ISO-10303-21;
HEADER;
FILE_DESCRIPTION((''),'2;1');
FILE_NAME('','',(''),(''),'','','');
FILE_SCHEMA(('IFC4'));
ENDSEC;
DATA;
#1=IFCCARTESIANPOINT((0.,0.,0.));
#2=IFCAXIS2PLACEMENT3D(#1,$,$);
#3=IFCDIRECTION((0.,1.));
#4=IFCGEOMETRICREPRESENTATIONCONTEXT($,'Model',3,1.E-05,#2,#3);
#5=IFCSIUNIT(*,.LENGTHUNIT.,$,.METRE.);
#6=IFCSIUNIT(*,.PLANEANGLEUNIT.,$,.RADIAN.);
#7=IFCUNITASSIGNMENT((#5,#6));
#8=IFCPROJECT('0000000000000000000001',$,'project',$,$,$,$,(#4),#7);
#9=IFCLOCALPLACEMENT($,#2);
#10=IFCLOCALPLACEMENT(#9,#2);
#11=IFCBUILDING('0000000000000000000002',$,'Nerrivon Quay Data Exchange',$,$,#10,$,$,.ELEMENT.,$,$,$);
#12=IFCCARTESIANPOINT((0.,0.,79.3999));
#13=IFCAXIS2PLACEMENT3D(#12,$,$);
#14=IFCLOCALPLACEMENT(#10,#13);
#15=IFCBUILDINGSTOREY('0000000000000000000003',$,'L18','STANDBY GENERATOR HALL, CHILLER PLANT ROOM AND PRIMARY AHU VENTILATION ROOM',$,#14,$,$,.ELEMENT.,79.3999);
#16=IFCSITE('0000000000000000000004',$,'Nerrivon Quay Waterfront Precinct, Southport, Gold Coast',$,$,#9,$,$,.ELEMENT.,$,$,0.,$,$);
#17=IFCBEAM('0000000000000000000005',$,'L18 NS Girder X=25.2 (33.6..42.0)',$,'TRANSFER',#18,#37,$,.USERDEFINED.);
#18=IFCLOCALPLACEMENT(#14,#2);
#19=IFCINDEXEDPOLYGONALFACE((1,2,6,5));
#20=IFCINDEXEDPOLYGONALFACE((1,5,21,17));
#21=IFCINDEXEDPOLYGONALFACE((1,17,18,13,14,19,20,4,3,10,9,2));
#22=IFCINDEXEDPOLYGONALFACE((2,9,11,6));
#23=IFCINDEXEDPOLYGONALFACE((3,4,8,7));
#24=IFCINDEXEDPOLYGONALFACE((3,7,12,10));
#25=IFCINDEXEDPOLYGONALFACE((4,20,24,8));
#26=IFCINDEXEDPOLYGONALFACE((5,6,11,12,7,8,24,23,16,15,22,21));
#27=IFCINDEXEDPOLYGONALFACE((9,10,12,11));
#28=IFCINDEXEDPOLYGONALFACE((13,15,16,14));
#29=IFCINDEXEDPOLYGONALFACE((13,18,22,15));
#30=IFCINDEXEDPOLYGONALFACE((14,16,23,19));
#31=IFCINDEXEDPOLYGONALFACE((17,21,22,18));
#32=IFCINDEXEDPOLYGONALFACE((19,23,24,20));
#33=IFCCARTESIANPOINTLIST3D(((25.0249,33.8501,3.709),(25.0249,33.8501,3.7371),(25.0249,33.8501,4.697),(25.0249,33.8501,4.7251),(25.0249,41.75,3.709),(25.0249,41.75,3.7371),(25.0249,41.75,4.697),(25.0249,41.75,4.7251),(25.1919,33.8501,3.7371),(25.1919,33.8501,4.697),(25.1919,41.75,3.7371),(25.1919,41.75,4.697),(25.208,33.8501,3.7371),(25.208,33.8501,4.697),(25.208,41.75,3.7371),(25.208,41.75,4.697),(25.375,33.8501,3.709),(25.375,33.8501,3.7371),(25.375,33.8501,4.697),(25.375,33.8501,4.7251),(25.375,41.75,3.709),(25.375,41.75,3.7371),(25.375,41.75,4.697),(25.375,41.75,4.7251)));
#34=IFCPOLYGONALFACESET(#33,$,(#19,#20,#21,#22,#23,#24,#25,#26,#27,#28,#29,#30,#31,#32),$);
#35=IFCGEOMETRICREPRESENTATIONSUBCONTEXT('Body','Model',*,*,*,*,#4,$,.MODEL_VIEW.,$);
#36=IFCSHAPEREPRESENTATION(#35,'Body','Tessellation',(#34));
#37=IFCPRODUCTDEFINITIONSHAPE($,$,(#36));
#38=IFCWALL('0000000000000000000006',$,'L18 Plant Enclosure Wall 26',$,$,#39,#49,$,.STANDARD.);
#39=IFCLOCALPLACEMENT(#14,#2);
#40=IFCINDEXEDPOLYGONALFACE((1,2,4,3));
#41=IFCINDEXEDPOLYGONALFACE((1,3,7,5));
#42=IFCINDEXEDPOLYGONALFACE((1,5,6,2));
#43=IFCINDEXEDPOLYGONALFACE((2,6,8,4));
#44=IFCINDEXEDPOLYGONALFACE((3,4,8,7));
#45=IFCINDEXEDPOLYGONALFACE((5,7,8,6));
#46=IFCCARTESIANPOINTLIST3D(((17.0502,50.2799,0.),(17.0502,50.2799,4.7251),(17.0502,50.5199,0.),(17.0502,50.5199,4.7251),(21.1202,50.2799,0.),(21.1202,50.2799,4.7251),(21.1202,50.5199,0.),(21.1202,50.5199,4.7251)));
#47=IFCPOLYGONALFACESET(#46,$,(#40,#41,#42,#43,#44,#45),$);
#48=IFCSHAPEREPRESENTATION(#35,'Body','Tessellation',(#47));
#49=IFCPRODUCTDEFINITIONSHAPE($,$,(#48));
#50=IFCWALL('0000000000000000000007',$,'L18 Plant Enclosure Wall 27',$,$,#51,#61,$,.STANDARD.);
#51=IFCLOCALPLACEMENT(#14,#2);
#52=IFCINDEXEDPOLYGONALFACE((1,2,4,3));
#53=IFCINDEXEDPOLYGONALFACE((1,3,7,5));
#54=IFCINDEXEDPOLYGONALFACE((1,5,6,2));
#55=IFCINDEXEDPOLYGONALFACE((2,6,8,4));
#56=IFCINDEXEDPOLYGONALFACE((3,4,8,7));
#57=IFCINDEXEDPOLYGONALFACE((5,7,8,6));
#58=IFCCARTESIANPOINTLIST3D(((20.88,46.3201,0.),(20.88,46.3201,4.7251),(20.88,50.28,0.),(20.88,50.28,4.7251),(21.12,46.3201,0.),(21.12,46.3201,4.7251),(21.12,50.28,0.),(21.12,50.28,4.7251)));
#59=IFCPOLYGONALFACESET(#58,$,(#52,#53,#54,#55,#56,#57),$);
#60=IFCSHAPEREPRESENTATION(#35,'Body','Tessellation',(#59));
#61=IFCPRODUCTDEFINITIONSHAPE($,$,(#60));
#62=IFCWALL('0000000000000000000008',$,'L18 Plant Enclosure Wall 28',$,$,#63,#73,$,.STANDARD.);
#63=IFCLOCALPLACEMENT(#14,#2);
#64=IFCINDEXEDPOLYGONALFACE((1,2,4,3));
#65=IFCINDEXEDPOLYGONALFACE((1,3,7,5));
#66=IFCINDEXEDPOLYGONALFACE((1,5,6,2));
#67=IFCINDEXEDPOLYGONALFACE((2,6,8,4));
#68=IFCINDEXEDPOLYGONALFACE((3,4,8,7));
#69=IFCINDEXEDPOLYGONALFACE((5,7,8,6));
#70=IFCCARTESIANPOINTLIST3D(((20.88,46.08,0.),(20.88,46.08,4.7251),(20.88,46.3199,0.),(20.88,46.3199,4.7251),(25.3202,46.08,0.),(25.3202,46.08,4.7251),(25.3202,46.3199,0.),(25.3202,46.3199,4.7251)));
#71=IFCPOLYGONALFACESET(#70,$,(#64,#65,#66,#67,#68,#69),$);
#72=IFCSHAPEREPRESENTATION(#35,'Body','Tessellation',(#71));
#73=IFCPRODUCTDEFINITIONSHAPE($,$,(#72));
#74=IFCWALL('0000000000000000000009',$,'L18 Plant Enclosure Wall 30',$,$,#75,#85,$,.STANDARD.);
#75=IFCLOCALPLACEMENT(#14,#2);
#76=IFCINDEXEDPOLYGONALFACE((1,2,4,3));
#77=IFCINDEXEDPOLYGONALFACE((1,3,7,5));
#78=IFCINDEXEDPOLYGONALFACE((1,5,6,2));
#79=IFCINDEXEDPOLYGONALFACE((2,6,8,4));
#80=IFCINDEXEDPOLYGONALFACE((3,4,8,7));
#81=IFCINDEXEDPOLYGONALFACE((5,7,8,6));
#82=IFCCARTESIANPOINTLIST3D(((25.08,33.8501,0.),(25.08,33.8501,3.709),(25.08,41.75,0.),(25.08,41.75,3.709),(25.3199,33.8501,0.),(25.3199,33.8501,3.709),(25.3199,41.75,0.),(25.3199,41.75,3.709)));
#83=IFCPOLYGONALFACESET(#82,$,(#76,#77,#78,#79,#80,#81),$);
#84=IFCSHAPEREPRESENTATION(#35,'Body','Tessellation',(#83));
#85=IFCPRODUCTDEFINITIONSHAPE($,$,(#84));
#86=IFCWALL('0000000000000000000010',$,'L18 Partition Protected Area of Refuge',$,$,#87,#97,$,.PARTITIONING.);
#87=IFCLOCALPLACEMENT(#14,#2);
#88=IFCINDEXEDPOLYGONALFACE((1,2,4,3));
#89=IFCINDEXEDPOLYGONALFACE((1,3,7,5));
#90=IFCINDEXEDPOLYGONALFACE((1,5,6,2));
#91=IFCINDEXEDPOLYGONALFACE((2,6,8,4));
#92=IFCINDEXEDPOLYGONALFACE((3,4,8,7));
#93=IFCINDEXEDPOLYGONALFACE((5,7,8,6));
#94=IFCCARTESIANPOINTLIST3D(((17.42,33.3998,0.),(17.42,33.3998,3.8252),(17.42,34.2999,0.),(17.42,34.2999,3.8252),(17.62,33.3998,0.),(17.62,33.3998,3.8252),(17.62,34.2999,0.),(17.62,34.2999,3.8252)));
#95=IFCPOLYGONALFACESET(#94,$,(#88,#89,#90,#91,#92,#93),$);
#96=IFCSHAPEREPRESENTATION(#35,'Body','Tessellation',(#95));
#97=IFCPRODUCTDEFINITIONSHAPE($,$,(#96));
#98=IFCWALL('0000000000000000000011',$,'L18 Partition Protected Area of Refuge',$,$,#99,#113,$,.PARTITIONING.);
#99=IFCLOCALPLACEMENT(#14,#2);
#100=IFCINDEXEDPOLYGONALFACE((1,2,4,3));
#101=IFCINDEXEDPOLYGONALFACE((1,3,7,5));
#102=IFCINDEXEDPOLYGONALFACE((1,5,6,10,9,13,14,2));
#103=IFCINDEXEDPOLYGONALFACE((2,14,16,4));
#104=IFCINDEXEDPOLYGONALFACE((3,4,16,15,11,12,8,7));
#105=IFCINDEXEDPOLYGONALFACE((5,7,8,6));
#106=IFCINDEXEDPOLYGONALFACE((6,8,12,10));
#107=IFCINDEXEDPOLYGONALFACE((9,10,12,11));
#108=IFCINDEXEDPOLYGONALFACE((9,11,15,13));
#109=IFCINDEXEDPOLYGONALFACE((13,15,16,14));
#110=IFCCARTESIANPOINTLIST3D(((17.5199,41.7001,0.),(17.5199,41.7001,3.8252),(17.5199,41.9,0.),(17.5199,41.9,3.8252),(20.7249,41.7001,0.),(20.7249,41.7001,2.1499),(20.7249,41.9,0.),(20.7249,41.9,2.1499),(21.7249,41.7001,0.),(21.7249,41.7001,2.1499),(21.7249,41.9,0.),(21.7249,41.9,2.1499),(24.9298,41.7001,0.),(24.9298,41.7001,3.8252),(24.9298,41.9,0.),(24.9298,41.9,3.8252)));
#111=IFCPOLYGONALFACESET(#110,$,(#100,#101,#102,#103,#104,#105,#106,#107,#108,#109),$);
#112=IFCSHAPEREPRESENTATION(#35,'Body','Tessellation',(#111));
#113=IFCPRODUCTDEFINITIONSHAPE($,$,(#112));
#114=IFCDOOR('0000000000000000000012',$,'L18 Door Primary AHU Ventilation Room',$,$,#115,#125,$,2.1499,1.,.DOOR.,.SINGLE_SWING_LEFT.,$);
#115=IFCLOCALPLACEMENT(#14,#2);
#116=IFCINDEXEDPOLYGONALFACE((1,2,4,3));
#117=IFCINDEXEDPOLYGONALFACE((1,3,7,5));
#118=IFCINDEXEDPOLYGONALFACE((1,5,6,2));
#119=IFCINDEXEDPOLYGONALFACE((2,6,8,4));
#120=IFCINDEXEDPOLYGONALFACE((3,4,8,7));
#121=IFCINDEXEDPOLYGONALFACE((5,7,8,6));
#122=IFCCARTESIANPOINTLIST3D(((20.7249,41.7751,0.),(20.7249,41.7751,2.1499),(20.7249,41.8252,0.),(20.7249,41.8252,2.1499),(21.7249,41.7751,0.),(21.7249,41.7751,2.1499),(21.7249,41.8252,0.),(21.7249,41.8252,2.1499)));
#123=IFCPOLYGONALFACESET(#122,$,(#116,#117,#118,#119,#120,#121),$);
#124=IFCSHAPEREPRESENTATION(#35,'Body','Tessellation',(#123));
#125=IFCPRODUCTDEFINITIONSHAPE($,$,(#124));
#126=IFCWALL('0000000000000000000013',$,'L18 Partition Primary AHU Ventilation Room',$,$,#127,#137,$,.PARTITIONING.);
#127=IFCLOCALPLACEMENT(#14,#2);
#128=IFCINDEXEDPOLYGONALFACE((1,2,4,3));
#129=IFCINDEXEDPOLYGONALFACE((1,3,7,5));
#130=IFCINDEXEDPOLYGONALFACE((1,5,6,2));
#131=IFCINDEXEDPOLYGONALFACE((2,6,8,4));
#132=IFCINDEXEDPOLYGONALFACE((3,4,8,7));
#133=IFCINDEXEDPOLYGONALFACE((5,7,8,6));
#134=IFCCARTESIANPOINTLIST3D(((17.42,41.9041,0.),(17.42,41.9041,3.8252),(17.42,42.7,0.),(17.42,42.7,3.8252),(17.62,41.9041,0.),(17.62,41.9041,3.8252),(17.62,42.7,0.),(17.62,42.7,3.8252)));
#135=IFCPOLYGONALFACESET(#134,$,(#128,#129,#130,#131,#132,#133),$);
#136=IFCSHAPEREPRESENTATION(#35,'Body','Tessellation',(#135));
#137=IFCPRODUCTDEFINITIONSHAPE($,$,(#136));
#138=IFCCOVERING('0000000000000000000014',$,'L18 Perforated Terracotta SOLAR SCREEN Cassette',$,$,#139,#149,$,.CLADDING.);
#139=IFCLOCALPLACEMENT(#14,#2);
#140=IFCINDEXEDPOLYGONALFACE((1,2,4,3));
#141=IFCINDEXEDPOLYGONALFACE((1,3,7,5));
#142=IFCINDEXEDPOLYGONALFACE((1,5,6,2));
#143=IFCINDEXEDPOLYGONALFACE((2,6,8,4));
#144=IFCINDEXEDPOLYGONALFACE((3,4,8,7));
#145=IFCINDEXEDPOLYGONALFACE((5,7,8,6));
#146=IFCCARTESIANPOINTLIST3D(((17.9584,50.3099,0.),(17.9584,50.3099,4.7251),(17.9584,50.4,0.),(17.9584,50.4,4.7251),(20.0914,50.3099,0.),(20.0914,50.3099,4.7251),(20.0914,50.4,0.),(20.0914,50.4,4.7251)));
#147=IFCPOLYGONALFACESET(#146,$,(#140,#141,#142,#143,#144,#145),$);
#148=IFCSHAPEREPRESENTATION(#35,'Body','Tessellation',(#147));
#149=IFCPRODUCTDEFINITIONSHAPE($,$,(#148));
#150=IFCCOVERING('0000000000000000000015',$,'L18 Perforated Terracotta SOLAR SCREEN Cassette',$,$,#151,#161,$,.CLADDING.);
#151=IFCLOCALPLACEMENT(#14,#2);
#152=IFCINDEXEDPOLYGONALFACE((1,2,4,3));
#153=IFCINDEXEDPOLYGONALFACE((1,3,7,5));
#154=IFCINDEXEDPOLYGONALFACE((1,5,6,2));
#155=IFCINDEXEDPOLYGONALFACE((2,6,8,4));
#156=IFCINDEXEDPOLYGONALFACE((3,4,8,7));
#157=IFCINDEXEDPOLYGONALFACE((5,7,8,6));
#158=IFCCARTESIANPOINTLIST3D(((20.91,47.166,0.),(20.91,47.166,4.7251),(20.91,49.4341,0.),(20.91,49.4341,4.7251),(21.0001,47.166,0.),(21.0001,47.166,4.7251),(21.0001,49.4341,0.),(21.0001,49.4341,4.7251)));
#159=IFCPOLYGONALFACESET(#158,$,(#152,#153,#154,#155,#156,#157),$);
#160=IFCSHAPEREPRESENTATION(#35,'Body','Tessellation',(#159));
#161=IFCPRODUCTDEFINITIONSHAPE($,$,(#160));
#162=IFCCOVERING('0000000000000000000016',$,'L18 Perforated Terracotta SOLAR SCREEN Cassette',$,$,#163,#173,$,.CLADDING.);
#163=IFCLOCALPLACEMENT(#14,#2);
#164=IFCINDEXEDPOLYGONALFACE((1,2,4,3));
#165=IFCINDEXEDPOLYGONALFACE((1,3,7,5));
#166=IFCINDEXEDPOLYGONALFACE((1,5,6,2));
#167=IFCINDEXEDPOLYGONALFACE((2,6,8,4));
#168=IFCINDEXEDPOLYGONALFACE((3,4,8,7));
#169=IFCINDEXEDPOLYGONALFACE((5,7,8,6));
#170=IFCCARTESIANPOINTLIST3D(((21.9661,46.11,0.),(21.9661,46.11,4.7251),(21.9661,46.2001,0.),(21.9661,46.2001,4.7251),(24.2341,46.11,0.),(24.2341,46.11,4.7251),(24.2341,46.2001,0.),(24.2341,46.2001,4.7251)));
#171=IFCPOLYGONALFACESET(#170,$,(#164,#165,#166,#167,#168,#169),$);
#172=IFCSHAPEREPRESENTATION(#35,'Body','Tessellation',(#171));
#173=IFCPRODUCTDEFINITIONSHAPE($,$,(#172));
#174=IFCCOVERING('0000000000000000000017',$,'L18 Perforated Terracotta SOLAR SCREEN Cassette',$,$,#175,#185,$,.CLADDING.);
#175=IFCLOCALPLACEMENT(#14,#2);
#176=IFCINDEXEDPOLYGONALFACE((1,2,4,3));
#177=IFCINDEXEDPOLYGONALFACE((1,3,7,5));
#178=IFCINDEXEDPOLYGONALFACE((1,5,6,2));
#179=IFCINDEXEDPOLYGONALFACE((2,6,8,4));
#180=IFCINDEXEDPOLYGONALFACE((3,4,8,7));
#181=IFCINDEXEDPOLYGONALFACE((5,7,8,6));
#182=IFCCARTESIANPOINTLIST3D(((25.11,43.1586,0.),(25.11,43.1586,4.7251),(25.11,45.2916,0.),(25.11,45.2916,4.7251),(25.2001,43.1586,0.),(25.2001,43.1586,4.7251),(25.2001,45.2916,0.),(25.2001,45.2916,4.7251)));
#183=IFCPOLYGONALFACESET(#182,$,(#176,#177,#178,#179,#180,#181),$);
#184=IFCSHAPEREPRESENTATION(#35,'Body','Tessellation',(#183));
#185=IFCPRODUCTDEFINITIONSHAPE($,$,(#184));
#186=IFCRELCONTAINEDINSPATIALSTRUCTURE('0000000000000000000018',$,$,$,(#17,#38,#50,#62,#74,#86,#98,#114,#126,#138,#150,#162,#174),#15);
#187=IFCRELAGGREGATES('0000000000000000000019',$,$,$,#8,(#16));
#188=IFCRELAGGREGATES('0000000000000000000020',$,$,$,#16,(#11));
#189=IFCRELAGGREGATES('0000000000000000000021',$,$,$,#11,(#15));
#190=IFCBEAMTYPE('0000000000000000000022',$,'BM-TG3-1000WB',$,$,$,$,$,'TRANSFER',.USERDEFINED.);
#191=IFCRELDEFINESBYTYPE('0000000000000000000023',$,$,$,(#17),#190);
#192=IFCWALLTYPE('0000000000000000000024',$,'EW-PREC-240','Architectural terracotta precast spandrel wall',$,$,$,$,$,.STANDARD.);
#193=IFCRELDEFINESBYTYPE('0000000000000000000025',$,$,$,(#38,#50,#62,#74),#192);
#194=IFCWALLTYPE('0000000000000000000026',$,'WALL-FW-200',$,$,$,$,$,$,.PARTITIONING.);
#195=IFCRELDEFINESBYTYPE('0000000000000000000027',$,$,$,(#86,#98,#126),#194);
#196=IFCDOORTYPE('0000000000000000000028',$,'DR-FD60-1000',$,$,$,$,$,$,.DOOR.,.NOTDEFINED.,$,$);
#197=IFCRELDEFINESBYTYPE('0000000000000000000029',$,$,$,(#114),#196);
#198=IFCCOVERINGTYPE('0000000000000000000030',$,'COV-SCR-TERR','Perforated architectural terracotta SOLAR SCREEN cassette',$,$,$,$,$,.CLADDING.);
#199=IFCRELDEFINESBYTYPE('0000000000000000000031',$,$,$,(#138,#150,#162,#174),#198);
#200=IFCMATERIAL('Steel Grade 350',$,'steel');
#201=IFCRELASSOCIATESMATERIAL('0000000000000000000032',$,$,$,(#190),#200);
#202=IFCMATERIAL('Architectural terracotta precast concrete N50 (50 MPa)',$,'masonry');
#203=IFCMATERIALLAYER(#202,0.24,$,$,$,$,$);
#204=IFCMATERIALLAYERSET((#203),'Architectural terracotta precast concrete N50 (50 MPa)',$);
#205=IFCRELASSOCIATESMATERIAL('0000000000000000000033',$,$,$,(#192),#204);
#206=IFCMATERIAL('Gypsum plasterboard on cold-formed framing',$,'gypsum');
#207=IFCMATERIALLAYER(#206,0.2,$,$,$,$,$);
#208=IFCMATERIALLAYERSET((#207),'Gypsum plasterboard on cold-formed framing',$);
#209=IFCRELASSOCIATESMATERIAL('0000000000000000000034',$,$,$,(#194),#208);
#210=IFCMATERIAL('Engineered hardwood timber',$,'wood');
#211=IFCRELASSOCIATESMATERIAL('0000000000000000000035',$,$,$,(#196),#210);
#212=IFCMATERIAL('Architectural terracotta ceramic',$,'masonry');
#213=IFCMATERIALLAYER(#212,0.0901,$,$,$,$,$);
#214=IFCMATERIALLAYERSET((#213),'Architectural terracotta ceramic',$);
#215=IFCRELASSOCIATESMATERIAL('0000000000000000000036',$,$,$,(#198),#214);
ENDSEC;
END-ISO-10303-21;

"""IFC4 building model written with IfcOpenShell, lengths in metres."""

from ifc_helpers import new_model, si_unit, direction, frame, frame_2d, origin, origin_2d, place, context, subcontext, project, spatial, rectangle, i_section, extrude, material, layer, layer_set, material_profile, profile_set, type_object, element, fill, save


model = new_model("IFC4")

# Units and contexts
model_context = context("Model", 3, precision=1e-05, world=origin(), true_north=direction((0.0, 1.0)))
body_context = subcontext(model_context, "Body", "Model", "MODEL_VIEW")
ifc_project = project(units=[si_unit("LENGTHUNIT", "METRE"), si_unit("PLANEANGLEUNIT", "RADIAN")], contexts=[model_context])

# Site, building, storey
site_placement = place(None, origin())
site = spatial("IfcSite", under=ifc_project, at=site_placement, Name="Nerrivon Quay Waterfront Precinct, Southport, Gold Coast", CompositionType="ELEMENT", RefElevation=0.0)
building_placement = place(site_placement, origin())
building = spatial("IfcBuilding", under=site, at=building_placement, Name="Nerrivon Quay Data Exchange", CompositionType="ELEMENT")
storey_placement = place(building_placement, frame((0.0, 0.0, 79.3999)))
storey = spatial("IfcBuildingStorey", under=building, at=storey_placement, Name="L18", Description="STANDBY GENERATOR HALL, CHILLER PLANT ROOM AND PRIMARY AHU VENTILATION ROOM", CompositionType="ELEMENT", Elevation=79.3999)

# Shared definitions
ifc_material_1 = material(Name="Steel Grade 350", Category="steel")

# Beam
ifc_material_profile_1 = material_profile(ifc_material_1, i_section(OverallWidth=0.3501, OverallDepth=1.0161, WebThickness=0.0161, FlangeThickness=0.0281, at=origin_2d()), Name="1000WB258")
ifc_profile_set_1 = profile_set([ifc_material_profile_1], Name="Steel Grade 350")
beam_type_1 = type_object("IfcBeamType", Name="BM-TG3-1000WB", ElementType="TRANSFER", PredefinedType="USERDEFINED", material=ifc_profile_set_1)
beam_1_placement = place(storey_placement, frame((25.2, 33.8501, 4.217), z_axis=(0.0, 1.0, 0.0), x_axis=(-1.0, 0.0, 0.0)))
element("IfcBeam", 1, at=beam_1_placement, inside=storey, type_object=beam_type_1, Name="L18 NS Girder X=25.2 (33.6..42.0)", ObjectType="TRANSFER", PredefinedType="USERDEFINED", context=body_context, shape_type="SweptSolid", body=[
    extrude(i_section(OverallWidth=0.3501, OverallDepth=1.0161, WebThickness=0.0161, FlangeThickness=0.0281, at=origin_2d()), origin(), (0.0, 0.0, 1.0), 7.8999),
])

# Walls
ifc_material_2 = material(Name="Architectural terracotta precast concrete N50 (50 MPa)", Category="masonry")
ifc_layer_1 = layer(ifc_material_2, 0.24)
ifc_layer_set_1 = layer_set([ifc_layer_1], Name="Architectural terracotta precast concrete N50 (50 MPa)")
wall_type_1 = type_object("IfcWallType", Name="EW-PREC-240", Description="Architectural terracotta precast spandrel wall", PredefinedType="STANDARD", material=ifc_layer_set_1)
wall_1_placement = place(storey_placement, frame((17.05, 50.3999, 0.0), z_axis=(0.0, 0.0, 1.0), x_axis=(1.0, 0.0, 0.0)))
element("IfcWall", 2, at=wall_1_placement, inside=storey, type_object=wall_type_1, Name="L18 Plant Enclosure Wall 26", PredefinedType="STANDARD", context=body_context, shape_type="SweptSolid", body=[
    extrude(rectangle(XDim=4.0701, YDim=0.24, at=frame_2d((2.0352, 0.0))), origin(), (0.0, 0.0, 1.0), 4.7251),
])
wall_2_placement = place(storey_placement, frame((21.0, 50.28, 0.0), z_axis=(0.0, 0.0, 1.0), x_axis=(0.0, -1.0, 0.0)))
element("IfcWall", 3, at=wall_2_placement, inside=storey, type_object=wall_type_1, Name="L18 Plant Enclosure Wall 27", PredefinedType="STANDARD", context=body_context, shape_type="SweptSolid", body=[
    extrude(rectangle(XDim=3.96, YDim=0.24, at=frame_2d((1.98, 0.0))), origin(), (0.0, 0.0, 1.0), 4.7251),
])
wall_3_placement = place(storey_placement, frame((20.8799, 46.2, 0.0), z_axis=(0.0, 0.0, 1.0), x_axis=(1.0, 0.0, 0.0)))
element("IfcWall", 4, at=wall_3_placement, inside=storey, type_object=wall_type_1, Name="L18 Plant Enclosure Wall 28", PredefinedType="STANDARD", context=body_context, shape_type="SweptSolid", body=[
    extrude(rectangle(XDim=4.4402, YDim=0.24, at=frame_2d((2.2202, 0.0))), origin(), (0.0, 0.0, 1.0), 4.7251),
])
wall_4_placement = place(storey_placement, frame((25.2, 41.75, 0.0), z_axis=(0.0, 0.0, 1.0), x_axis=(0.0, -1.0, 0.0)))
element("IfcWall", 5, at=wall_4_placement, inside=storey, type_object=wall_type_1, Name="L18 Plant Enclosure Wall 30", PredefinedType="STANDARD", context=body_context, shape_type="SweptSolid", body=[
    extrude(rectangle(XDim=7.8999, YDim=0.24, at=frame_2d((3.95, 0.0))), origin(), (0.0, 0.0, 1.0), 3.709),
])

# Wall
ifc_material_3 = material(Name="Gypsum plasterboard on cold-formed framing", Category="gypsum")
ifc_layer_2 = layer(ifc_material_3, 0.2)
ifc_layer_set_2 = layer_set([ifc_layer_2], Name="Gypsum plasterboard on cold-formed framing")
wall_type_2 = type_object("IfcWallType", Name="WALL-FW-200", PredefinedType="PARTITIONING", material=ifc_layer_set_2)
wall_5_placement = place(storey_placement, frame((17.52, 34.3, 0.0), z_axis=(0.0, 0.0, 1.0), x_axis=(0.0, -1.0, 0.0)))
element("IfcWall", 6, at=wall_5_placement, inside=storey, type_object=wall_type_2, Name="L18 Partition Protected Area of Refuge", PredefinedType="PARTITIONING", context=body_context, shape_type="SweptSolid", body=[
    extrude(rectangle(XDim=0.9001, YDim=0.2, at=frame_2d((0.4502, 0.0))), origin(), (0.0, 0.0, 1.0), 3.8252),
])

# Wall, opening, door
wall_6_placement = place(storey_placement, frame((24.9299, 41.8, 0.0), z_axis=(0.0, 0.0, 1.0), x_axis=(-1.0, 0.0, 0.0)))
wall_6 = element("IfcWall", 7, at=wall_6_placement, inside=storey, type_object=wall_type_2, Name="L18 Partition Protected Area of Refuge", PredefinedType="PARTITIONING", context=body_context, shape_type="SweptSolid", body=[
    extrude(rectangle(XDim=7.4099, YDim=0.2, at=frame_2d((3.7051, 0.0))), origin(), (0.0, 0.0, 1.0), 3.8252),
])
opening_1_placement = place(wall_6_placement, frame((3.2051, 0.0, 0.0)))
opening_1 = element("IfcOpeningElement", 8, at=opening_1_placement, cuts=wall_6, PredefinedType="OPENING", context=body_context, shape_type="SweptSolid", body=[
    extrude(rectangle(XDim=1.0, YDim=2.1499, at=frame_2d((0.5, 1.075))), frame((0.0, 0.1099, 0.0), z_axis=(0.0, -1.0, 0.0), x_axis=(1.0, 0.0, 0.0)), (0.0, 0.0, 1.0), 0.22),
])
ifc_material_4 = material(Name="Engineered hardwood timber", Category="wood")
door_type_1 = type_object("IfcDoorType", Name="DR-FD60-1000", OperationType="NOTDEFINED", PredefinedType="DOOR", material=ifc_material_4)
door_1_placement = place(opening_1_placement, origin())
door_1 = element("IfcDoor", 9, at=door_1_placement, inside=storey, type_object=door_type_1, Name="L18 Door Primary AHU Ventilation Room", OperationType="SINGLE_SWING_LEFT", OverallHeight=2.1499, OverallWidth=1.0, PredefinedType="DOOR", context=body_context, shape_type="SweptSolid", body=[
    extrude(rectangle(XDim=1.0, YDim=2.1499, at=frame_2d((0.5, 1.075))), frame((0.0, 0.0249, 0.0), z_axis=(0.0, -1.0, 0.0), x_axis=(1.0, 0.0, 0.0)), (0.0, 0.0, 1.0), 0.05),
])
fill(opening_1, door_1)

# Wall
wall_7_placement = place(storey_placement, frame((17.52, 42.7, 0.0), z_axis=(0.0, 0.0, 1.0), x_axis=(0.0, -1.0, 0.0)))
element("IfcWall", 10, at=wall_7_placement, inside=storey, type_object=wall_type_2, Name="L18 Partition Primary AHU Ventilation Room", PredefinedType="PARTITIONING", context=body_context, shape_type="SweptSolid", body=[
    extrude(rectangle(XDim=0.7959, YDim=0.2, at=frame_2d((0.3979, 0.0))), origin(), (0.0, 0.0, 1.0), 3.8252),
])

# Coverings
ifc_material_5 = material(Name="Architectural terracotta ceramic", Category="masonry")
ifc_layer_3 = layer(ifc_material_5, 0.0901)
ifc_layer_set_3 = layer_set([ifc_layer_3], Name="Architectural terracotta ceramic")
covering_type = type_object("IfcCoveringType", Name="COV-SCR-TERR", Description="Perforated architectural terracotta SOLAR SCREEN cassette", PredefinedType="CLADDING", material=ifc_layer_set_3)
covering_1_placement = place(storey_placement, frame((19.0249, 50.355, 0.0), z_axis=(0.0, 0.0, 1.0), x_axis=(1.0, 0.0, 0.0)))
element("IfcCovering", 11, at=covering_1_placement, inside=storey, type_object=covering_type, Name="L18 Perforated Terracotta SOLAR SCREEN Cassette", PredefinedType="CLADDING", context=body_context, shape_type="SweptSolid", body=[
    extrude(rectangle(XDim=2.1331, YDim=0.0901, at=origin_2d()), origin(), (0.0, 0.0, 1.0), 4.7251),
])
for number, where, z_axis, x_axis, name in (
    (12, (20.9551, 48.3, 0.0), (0.0, 0.0, 1.0), (0.0, -1.0, 0.0), "L18 Perforated Terracotta SOLAR SCREEN Cassette"),
    (13, (23.1001, 46.155, 0.0), (0.0, 0.0, 1.0), (1.0, 0.0, 0.0), "L18 Perforated Terracotta SOLAR SCREEN Cassette"),
):
    element("IfcCovering", number, at=place(storey_placement, frame(where, z_axis=z_axis, x_axis=x_axis)), inside=storey, type_object=covering_type, Name=name, PredefinedType="CLADDING", context=body_context, shape_type="SweptSolid", body=[
        extrude(rectangle(XDim=2.2681, YDim=0.0901, at=origin_2d()), origin(), (0.0, 0.0, 1.0), 4.7251),
    ])
covering_2_placement = place(storey_placement, frame((25.155, 44.2251, 0.0), z_axis=(0.0, 0.0, 1.0), x_axis=(0.0, -1.0, 0.0)))
element("IfcCovering", 14, at=covering_2_placement, inside=storey, type_object=covering_type, Name="L18 Perforated Terracotta SOLAR SCREEN Cassette", PredefinedType="CLADDING", context=body_context, shape_type="SweptSolid", body=[
    extrude(rectangle(XDim=2.1331, YDim=0.0901, at=origin_2d()), origin(), (0.0, 0.0, 1.0), 4.7251),
])

save(model, "model.ifc")
